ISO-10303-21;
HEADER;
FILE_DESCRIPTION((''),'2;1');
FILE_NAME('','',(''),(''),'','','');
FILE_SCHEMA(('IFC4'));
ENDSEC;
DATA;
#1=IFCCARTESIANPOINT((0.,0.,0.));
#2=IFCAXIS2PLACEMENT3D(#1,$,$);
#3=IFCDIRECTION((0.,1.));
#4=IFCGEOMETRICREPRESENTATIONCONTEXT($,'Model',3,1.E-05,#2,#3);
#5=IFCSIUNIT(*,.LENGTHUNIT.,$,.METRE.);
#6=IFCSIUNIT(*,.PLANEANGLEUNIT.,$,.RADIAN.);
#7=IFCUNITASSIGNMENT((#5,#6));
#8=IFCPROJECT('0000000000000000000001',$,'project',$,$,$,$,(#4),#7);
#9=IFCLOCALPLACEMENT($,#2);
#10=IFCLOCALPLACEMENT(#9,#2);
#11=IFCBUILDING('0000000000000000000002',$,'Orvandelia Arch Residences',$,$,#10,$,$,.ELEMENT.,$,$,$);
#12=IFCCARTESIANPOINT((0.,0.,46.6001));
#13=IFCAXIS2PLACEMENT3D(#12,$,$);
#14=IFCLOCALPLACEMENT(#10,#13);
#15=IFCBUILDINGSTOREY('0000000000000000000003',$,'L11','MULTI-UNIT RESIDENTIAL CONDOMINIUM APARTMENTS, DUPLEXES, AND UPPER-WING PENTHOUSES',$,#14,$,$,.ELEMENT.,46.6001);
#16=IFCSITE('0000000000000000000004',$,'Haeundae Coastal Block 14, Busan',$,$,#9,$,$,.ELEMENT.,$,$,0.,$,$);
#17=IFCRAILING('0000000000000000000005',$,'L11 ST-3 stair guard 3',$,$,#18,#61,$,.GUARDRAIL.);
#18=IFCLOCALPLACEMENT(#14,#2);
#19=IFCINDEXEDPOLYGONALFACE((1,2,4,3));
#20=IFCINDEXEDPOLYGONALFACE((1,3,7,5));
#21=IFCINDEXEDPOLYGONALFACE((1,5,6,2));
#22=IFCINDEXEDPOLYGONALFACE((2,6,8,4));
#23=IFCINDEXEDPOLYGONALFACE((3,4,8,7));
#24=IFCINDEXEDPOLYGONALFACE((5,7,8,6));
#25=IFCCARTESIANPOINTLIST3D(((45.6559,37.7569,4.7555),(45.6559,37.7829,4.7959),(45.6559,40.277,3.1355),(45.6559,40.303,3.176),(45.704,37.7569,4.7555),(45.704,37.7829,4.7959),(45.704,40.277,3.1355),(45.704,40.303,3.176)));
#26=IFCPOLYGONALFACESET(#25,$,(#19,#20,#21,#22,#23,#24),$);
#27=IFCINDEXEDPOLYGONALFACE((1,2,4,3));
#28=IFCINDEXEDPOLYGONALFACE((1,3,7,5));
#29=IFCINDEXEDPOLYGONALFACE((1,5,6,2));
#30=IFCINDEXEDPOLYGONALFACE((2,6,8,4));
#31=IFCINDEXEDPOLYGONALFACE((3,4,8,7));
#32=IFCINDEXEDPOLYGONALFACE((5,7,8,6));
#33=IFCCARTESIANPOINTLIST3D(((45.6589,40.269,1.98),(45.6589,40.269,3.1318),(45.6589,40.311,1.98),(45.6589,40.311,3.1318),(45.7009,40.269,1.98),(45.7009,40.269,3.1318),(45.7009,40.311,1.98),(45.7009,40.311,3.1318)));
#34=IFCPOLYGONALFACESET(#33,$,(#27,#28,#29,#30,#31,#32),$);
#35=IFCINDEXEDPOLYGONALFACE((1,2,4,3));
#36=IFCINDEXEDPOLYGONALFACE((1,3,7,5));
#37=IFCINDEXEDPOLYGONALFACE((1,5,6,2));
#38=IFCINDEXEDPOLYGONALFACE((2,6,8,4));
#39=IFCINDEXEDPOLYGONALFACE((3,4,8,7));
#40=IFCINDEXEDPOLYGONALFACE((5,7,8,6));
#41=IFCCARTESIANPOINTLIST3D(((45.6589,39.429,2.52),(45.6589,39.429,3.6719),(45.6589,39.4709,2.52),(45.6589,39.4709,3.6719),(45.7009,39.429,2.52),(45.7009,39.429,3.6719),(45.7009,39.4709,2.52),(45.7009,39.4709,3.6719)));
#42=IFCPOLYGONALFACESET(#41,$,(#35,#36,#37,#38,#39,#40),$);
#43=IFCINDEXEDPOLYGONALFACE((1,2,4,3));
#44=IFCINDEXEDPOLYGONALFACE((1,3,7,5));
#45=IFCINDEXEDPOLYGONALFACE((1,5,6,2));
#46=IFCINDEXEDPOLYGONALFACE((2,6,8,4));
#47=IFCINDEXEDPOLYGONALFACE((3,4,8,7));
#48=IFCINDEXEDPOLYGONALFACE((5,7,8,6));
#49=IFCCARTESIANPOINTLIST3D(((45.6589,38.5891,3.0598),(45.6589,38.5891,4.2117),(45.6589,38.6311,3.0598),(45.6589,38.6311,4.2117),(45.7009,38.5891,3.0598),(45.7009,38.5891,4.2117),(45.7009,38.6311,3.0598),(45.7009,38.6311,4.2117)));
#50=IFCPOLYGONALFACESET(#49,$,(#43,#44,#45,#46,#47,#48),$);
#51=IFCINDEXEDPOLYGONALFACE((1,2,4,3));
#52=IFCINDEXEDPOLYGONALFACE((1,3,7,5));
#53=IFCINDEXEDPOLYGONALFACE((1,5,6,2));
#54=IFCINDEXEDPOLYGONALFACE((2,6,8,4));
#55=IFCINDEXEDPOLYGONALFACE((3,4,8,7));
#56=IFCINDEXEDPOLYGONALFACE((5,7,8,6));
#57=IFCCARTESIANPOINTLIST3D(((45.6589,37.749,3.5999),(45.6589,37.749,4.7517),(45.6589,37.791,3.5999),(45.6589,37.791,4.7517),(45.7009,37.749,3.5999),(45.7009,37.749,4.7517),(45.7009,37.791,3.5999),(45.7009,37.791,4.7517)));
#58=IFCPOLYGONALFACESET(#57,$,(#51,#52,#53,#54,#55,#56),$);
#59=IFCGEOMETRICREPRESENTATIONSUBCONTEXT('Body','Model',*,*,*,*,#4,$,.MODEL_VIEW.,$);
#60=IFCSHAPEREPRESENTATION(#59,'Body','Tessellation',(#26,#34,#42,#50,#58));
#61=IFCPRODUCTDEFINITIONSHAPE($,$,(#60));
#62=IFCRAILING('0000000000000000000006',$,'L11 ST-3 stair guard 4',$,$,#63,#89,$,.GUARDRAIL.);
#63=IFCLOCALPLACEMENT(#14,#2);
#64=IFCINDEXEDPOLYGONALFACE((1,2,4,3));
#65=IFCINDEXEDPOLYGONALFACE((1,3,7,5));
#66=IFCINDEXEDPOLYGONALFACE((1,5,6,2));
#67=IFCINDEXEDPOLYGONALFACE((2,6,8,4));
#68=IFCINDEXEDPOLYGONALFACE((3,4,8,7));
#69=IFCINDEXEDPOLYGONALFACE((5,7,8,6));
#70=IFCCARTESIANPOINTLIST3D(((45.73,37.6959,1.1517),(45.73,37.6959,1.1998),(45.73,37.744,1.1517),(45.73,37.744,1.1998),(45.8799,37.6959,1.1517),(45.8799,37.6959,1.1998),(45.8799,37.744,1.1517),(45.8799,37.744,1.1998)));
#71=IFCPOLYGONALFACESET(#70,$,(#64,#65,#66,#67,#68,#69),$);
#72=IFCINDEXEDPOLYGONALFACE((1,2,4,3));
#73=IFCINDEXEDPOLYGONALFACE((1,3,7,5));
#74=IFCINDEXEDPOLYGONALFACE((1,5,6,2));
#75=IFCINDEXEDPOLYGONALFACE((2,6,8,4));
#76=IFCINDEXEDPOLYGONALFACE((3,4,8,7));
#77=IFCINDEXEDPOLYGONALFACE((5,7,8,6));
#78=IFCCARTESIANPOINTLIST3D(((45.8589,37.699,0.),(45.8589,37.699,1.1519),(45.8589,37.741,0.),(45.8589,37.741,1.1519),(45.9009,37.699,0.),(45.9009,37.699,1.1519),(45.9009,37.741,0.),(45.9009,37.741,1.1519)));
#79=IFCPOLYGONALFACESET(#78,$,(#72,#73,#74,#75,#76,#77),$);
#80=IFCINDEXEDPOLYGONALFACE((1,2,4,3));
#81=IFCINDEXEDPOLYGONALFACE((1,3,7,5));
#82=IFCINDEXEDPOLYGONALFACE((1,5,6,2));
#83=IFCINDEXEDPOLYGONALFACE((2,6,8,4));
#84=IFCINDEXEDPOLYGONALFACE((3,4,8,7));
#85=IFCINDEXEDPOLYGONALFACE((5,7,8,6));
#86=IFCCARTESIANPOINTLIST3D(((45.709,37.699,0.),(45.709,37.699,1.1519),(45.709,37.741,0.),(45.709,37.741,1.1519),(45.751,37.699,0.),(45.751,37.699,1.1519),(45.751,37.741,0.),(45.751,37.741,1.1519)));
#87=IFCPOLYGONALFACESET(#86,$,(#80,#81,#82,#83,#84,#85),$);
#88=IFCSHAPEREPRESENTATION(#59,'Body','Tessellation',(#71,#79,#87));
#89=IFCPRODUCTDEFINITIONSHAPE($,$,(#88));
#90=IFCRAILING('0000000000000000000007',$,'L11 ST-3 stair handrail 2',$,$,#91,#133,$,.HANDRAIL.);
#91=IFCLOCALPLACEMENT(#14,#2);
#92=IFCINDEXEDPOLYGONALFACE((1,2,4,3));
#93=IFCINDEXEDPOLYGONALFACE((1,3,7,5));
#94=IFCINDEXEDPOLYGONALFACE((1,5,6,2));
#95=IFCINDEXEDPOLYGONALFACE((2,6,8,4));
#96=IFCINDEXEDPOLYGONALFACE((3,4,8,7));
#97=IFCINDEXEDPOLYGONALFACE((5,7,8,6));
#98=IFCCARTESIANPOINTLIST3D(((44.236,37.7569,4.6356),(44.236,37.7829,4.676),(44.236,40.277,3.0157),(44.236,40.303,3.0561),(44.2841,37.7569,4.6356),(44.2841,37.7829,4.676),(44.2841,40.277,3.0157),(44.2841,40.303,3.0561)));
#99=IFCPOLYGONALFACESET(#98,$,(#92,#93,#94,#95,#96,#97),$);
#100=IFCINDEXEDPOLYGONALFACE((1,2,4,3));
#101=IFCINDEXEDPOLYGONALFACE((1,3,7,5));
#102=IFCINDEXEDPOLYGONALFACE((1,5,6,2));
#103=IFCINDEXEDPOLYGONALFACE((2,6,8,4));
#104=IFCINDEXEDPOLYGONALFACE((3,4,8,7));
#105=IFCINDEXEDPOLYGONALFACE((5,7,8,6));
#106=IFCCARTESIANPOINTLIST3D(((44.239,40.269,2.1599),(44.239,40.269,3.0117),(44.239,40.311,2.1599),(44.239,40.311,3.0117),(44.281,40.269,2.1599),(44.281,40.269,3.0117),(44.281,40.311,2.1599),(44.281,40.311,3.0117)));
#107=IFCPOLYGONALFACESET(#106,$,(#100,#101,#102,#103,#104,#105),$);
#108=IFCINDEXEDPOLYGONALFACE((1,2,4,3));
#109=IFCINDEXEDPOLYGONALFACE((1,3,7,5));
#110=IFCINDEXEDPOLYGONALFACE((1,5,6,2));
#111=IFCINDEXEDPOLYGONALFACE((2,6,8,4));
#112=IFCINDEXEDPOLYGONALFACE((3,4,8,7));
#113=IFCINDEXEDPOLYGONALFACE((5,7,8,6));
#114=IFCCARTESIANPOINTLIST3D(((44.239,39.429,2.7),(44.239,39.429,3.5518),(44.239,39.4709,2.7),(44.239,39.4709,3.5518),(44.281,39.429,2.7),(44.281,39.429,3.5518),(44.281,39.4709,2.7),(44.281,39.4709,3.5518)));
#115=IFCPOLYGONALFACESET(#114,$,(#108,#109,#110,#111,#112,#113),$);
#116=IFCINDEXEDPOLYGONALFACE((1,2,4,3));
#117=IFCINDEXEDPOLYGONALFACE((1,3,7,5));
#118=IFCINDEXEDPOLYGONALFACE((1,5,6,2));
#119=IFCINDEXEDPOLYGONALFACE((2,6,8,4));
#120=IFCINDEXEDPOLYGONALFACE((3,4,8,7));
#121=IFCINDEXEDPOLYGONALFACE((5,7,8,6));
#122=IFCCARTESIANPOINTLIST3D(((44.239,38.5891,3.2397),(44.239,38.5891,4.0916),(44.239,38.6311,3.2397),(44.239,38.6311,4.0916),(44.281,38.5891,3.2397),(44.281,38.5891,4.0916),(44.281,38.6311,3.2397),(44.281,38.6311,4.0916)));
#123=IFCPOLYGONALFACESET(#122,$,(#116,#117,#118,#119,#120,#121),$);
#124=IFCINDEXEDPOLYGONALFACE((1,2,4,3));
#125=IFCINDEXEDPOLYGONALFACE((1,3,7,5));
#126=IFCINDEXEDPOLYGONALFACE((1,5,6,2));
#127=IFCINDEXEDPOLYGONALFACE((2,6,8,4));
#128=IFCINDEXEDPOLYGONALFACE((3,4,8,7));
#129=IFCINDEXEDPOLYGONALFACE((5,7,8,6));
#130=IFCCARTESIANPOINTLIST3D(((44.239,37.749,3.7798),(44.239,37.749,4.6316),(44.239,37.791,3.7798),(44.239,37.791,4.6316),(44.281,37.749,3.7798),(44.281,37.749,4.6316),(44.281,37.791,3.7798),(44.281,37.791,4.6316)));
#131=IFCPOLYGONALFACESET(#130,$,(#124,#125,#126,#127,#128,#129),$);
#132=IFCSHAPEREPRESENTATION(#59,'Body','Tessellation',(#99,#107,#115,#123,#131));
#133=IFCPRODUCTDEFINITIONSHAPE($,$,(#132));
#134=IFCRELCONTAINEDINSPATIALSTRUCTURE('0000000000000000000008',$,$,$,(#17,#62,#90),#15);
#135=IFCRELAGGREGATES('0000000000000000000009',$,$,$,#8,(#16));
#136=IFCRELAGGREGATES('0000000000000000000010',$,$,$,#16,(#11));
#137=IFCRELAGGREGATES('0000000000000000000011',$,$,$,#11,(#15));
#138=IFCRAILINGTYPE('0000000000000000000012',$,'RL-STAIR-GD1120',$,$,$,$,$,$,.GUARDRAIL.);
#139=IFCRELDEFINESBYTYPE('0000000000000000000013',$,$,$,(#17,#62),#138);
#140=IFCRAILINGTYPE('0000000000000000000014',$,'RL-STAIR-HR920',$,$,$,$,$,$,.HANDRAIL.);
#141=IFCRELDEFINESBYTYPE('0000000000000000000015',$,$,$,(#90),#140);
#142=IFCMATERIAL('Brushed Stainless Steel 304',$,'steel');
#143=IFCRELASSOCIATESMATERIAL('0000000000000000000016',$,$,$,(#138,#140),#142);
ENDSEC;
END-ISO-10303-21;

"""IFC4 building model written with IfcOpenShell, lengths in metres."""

from ifc_helpers import new_model, si_unit, direction, frame, origin, origin_2d, place, context, subcontext, project, spatial, rectangle, extrude, material, type_object, element, save


model = new_model("IFC4")

# Units and contexts
model_context = context("Model", 3, precision=1e-05, world=origin(), true_north=direction((0.0, 1.0)))
body_context = subcontext(model_context, "Body", "Model", "MODEL_VIEW")
ifc_project = project(units=[si_unit("LENGTHUNIT", "METRE"), si_unit("PLANEANGLEUNIT", "RADIAN")], contexts=[model_context])

# Site, building, storey
site_placement = place(None, origin())
site = spatial("IfcSite", under=ifc_project, at=site_placement, Name="Haeundae Coastal Block 14, Busan", CompositionType="ELEMENT", RefElevation=0.0)
building_placement = place(site_placement, origin())
building = spatial("IfcBuilding", under=site, at=building_placement, Name="Orvandelia Arch Residences", CompositionType="ELEMENT")
storey_placement = place(building_placement, frame((0.0, 0.0, 46.6001)))
storey = spatial("IfcBuildingStorey", under=building, at=storey_placement, Name="L11", Description="MULTI-UNIT RESIDENTIAL CONDOMINIUM APARTMENTS, DUPLEXES, AND UPPER-WING PENTHOUSES", CompositionType="ELEMENT", Elevation=46.6001)

# Railings
ifc_material_1 = material(Name="Brushed Stainless Steel 304", Category="steel")
railing_type_1 = type_object("IfcRailingType", Name="RL-STAIR-GD1120", PredefinedType="GUARDRAIL", material=ifc_material_1)
railing_1_placement = place(storey_placement, frame((45.6799, 40.29, 1.98)))
element("IfcRailing", 1, at=railing_1_placement, inside=storey, type_object=railing_type_1, Name="L11 ST-3 stair guard 3", PredefinedType="GUARDRAIL", context=body_context, shape_type="SweptSolid", body=[
    extrude(rectangle(XDim=0.0481, YDim=0.0481, at=origin_2d()), frame((0.0, 0.0, 1.1758), z_axis=(0.0, -0.8412, 0.540725), x_axis=(1.0, 0.0, 0.0)), (0.0, 0.0, 1.0), 2.9958),
    extrude(rectangle(XDim=0.042, YDim=0.042, at=origin_2d()), origin(), (0.0, 0.0, 1.0), 1.1519),
    extrude(rectangle(XDim=0.042, YDim=0.042, at=origin_2d()), frame((0.0, -0.8401, 0.54)), (0.0, 0.0, 1.0), 1.1519),
    extrude(rectangle(XDim=0.042, YDim=0.042, at=origin_2d()), frame((0.0, -1.6799, 1.0798)), (0.0, 0.0, 1.0), 1.1519),
    extrude(rectangle(XDim=0.042, YDim=0.042, at=origin_2d()), frame((0.0, -2.52, 1.6199)), (0.0, 0.0, 1.0), 1.1519),
])
railing_2_placement = place(storey_placement, frame((45.8799, 37.72, 0.0)))
element("IfcRailing", 2, at=railing_2_placement, inside=storey, type_object=railing_type_1, Name="L11 ST-3 stair guard 4", PredefinedType="GUARDRAIL", context=body_context, shape_type="SweptSolid", body=[
    extrude(rectangle(XDim=0.0481, YDim=0.0481, at=origin_2d()), frame((0.0, 0.0, 1.1758), z_axis=(-1.0, 0.0, 0.0), x_axis=(0.0, -1.0, 0.0)), (0.0, 0.0, 1.0), 0.1499),
    extrude(rectangle(XDim=0.042, YDim=0.042, at=origin_2d()), origin(), (0.0, 0.0, 1.0), 1.1519),
    extrude(rectangle(XDim=0.042, YDim=0.042, at=origin_2d()), frame((-0.1499, 0.0, 0.0)), (0.0, 0.0, 1.0), 1.1519),
])
railing_type_2 = type_object("IfcRailingType", Name="RL-STAIR-HR920", PredefinedType="HANDRAIL", material=ifc_material_1)
railing_3_placement = place(storey_placement, frame((44.26, 40.29, 2.1599)))
element("IfcRailing", 3, at=railing_3_placement, inside=storey, type_object=railing_type_2, Name="L11 ST-3 stair handrail 2", PredefinedType="HANDRAIL", context=body_context, shape_type="SweptSolid", body=[
    extrude(rectangle(XDim=0.0481, YDim=0.0481, at=origin_2d()), frame((0.0, 0.0, 0.876), z_axis=(0.0, -0.8412, 0.540725), x_axis=(1.0, 0.0, 0.0)), (0.0, 0.0, 1.0), 2.9958),
    extrude(rectangle(XDim=0.042, YDim=0.042, at=origin_2d()), origin(), (0.0, 0.0, 1.0), 0.8518),
    extrude(rectangle(XDim=0.042, YDim=0.042, at=origin_2d()), frame((0.0, -0.8401, 0.54)), (0.0, 0.0, 1.0), 0.8518),
    extrude(rectangle(XDim=0.042, YDim=0.042, at=origin_2d()), frame((0.0, -1.6799, 1.0798)), (0.0, 0.0, 1.0), 0.8518),
    extrude(rectangle(XDim=0.042, YDim=0.042, at=origin_2d()), frame((0.0, -2.52, 1.6199)), (0.0, 0.0, 1.0), 0.8518),
])

save(model, "model.ifc")
